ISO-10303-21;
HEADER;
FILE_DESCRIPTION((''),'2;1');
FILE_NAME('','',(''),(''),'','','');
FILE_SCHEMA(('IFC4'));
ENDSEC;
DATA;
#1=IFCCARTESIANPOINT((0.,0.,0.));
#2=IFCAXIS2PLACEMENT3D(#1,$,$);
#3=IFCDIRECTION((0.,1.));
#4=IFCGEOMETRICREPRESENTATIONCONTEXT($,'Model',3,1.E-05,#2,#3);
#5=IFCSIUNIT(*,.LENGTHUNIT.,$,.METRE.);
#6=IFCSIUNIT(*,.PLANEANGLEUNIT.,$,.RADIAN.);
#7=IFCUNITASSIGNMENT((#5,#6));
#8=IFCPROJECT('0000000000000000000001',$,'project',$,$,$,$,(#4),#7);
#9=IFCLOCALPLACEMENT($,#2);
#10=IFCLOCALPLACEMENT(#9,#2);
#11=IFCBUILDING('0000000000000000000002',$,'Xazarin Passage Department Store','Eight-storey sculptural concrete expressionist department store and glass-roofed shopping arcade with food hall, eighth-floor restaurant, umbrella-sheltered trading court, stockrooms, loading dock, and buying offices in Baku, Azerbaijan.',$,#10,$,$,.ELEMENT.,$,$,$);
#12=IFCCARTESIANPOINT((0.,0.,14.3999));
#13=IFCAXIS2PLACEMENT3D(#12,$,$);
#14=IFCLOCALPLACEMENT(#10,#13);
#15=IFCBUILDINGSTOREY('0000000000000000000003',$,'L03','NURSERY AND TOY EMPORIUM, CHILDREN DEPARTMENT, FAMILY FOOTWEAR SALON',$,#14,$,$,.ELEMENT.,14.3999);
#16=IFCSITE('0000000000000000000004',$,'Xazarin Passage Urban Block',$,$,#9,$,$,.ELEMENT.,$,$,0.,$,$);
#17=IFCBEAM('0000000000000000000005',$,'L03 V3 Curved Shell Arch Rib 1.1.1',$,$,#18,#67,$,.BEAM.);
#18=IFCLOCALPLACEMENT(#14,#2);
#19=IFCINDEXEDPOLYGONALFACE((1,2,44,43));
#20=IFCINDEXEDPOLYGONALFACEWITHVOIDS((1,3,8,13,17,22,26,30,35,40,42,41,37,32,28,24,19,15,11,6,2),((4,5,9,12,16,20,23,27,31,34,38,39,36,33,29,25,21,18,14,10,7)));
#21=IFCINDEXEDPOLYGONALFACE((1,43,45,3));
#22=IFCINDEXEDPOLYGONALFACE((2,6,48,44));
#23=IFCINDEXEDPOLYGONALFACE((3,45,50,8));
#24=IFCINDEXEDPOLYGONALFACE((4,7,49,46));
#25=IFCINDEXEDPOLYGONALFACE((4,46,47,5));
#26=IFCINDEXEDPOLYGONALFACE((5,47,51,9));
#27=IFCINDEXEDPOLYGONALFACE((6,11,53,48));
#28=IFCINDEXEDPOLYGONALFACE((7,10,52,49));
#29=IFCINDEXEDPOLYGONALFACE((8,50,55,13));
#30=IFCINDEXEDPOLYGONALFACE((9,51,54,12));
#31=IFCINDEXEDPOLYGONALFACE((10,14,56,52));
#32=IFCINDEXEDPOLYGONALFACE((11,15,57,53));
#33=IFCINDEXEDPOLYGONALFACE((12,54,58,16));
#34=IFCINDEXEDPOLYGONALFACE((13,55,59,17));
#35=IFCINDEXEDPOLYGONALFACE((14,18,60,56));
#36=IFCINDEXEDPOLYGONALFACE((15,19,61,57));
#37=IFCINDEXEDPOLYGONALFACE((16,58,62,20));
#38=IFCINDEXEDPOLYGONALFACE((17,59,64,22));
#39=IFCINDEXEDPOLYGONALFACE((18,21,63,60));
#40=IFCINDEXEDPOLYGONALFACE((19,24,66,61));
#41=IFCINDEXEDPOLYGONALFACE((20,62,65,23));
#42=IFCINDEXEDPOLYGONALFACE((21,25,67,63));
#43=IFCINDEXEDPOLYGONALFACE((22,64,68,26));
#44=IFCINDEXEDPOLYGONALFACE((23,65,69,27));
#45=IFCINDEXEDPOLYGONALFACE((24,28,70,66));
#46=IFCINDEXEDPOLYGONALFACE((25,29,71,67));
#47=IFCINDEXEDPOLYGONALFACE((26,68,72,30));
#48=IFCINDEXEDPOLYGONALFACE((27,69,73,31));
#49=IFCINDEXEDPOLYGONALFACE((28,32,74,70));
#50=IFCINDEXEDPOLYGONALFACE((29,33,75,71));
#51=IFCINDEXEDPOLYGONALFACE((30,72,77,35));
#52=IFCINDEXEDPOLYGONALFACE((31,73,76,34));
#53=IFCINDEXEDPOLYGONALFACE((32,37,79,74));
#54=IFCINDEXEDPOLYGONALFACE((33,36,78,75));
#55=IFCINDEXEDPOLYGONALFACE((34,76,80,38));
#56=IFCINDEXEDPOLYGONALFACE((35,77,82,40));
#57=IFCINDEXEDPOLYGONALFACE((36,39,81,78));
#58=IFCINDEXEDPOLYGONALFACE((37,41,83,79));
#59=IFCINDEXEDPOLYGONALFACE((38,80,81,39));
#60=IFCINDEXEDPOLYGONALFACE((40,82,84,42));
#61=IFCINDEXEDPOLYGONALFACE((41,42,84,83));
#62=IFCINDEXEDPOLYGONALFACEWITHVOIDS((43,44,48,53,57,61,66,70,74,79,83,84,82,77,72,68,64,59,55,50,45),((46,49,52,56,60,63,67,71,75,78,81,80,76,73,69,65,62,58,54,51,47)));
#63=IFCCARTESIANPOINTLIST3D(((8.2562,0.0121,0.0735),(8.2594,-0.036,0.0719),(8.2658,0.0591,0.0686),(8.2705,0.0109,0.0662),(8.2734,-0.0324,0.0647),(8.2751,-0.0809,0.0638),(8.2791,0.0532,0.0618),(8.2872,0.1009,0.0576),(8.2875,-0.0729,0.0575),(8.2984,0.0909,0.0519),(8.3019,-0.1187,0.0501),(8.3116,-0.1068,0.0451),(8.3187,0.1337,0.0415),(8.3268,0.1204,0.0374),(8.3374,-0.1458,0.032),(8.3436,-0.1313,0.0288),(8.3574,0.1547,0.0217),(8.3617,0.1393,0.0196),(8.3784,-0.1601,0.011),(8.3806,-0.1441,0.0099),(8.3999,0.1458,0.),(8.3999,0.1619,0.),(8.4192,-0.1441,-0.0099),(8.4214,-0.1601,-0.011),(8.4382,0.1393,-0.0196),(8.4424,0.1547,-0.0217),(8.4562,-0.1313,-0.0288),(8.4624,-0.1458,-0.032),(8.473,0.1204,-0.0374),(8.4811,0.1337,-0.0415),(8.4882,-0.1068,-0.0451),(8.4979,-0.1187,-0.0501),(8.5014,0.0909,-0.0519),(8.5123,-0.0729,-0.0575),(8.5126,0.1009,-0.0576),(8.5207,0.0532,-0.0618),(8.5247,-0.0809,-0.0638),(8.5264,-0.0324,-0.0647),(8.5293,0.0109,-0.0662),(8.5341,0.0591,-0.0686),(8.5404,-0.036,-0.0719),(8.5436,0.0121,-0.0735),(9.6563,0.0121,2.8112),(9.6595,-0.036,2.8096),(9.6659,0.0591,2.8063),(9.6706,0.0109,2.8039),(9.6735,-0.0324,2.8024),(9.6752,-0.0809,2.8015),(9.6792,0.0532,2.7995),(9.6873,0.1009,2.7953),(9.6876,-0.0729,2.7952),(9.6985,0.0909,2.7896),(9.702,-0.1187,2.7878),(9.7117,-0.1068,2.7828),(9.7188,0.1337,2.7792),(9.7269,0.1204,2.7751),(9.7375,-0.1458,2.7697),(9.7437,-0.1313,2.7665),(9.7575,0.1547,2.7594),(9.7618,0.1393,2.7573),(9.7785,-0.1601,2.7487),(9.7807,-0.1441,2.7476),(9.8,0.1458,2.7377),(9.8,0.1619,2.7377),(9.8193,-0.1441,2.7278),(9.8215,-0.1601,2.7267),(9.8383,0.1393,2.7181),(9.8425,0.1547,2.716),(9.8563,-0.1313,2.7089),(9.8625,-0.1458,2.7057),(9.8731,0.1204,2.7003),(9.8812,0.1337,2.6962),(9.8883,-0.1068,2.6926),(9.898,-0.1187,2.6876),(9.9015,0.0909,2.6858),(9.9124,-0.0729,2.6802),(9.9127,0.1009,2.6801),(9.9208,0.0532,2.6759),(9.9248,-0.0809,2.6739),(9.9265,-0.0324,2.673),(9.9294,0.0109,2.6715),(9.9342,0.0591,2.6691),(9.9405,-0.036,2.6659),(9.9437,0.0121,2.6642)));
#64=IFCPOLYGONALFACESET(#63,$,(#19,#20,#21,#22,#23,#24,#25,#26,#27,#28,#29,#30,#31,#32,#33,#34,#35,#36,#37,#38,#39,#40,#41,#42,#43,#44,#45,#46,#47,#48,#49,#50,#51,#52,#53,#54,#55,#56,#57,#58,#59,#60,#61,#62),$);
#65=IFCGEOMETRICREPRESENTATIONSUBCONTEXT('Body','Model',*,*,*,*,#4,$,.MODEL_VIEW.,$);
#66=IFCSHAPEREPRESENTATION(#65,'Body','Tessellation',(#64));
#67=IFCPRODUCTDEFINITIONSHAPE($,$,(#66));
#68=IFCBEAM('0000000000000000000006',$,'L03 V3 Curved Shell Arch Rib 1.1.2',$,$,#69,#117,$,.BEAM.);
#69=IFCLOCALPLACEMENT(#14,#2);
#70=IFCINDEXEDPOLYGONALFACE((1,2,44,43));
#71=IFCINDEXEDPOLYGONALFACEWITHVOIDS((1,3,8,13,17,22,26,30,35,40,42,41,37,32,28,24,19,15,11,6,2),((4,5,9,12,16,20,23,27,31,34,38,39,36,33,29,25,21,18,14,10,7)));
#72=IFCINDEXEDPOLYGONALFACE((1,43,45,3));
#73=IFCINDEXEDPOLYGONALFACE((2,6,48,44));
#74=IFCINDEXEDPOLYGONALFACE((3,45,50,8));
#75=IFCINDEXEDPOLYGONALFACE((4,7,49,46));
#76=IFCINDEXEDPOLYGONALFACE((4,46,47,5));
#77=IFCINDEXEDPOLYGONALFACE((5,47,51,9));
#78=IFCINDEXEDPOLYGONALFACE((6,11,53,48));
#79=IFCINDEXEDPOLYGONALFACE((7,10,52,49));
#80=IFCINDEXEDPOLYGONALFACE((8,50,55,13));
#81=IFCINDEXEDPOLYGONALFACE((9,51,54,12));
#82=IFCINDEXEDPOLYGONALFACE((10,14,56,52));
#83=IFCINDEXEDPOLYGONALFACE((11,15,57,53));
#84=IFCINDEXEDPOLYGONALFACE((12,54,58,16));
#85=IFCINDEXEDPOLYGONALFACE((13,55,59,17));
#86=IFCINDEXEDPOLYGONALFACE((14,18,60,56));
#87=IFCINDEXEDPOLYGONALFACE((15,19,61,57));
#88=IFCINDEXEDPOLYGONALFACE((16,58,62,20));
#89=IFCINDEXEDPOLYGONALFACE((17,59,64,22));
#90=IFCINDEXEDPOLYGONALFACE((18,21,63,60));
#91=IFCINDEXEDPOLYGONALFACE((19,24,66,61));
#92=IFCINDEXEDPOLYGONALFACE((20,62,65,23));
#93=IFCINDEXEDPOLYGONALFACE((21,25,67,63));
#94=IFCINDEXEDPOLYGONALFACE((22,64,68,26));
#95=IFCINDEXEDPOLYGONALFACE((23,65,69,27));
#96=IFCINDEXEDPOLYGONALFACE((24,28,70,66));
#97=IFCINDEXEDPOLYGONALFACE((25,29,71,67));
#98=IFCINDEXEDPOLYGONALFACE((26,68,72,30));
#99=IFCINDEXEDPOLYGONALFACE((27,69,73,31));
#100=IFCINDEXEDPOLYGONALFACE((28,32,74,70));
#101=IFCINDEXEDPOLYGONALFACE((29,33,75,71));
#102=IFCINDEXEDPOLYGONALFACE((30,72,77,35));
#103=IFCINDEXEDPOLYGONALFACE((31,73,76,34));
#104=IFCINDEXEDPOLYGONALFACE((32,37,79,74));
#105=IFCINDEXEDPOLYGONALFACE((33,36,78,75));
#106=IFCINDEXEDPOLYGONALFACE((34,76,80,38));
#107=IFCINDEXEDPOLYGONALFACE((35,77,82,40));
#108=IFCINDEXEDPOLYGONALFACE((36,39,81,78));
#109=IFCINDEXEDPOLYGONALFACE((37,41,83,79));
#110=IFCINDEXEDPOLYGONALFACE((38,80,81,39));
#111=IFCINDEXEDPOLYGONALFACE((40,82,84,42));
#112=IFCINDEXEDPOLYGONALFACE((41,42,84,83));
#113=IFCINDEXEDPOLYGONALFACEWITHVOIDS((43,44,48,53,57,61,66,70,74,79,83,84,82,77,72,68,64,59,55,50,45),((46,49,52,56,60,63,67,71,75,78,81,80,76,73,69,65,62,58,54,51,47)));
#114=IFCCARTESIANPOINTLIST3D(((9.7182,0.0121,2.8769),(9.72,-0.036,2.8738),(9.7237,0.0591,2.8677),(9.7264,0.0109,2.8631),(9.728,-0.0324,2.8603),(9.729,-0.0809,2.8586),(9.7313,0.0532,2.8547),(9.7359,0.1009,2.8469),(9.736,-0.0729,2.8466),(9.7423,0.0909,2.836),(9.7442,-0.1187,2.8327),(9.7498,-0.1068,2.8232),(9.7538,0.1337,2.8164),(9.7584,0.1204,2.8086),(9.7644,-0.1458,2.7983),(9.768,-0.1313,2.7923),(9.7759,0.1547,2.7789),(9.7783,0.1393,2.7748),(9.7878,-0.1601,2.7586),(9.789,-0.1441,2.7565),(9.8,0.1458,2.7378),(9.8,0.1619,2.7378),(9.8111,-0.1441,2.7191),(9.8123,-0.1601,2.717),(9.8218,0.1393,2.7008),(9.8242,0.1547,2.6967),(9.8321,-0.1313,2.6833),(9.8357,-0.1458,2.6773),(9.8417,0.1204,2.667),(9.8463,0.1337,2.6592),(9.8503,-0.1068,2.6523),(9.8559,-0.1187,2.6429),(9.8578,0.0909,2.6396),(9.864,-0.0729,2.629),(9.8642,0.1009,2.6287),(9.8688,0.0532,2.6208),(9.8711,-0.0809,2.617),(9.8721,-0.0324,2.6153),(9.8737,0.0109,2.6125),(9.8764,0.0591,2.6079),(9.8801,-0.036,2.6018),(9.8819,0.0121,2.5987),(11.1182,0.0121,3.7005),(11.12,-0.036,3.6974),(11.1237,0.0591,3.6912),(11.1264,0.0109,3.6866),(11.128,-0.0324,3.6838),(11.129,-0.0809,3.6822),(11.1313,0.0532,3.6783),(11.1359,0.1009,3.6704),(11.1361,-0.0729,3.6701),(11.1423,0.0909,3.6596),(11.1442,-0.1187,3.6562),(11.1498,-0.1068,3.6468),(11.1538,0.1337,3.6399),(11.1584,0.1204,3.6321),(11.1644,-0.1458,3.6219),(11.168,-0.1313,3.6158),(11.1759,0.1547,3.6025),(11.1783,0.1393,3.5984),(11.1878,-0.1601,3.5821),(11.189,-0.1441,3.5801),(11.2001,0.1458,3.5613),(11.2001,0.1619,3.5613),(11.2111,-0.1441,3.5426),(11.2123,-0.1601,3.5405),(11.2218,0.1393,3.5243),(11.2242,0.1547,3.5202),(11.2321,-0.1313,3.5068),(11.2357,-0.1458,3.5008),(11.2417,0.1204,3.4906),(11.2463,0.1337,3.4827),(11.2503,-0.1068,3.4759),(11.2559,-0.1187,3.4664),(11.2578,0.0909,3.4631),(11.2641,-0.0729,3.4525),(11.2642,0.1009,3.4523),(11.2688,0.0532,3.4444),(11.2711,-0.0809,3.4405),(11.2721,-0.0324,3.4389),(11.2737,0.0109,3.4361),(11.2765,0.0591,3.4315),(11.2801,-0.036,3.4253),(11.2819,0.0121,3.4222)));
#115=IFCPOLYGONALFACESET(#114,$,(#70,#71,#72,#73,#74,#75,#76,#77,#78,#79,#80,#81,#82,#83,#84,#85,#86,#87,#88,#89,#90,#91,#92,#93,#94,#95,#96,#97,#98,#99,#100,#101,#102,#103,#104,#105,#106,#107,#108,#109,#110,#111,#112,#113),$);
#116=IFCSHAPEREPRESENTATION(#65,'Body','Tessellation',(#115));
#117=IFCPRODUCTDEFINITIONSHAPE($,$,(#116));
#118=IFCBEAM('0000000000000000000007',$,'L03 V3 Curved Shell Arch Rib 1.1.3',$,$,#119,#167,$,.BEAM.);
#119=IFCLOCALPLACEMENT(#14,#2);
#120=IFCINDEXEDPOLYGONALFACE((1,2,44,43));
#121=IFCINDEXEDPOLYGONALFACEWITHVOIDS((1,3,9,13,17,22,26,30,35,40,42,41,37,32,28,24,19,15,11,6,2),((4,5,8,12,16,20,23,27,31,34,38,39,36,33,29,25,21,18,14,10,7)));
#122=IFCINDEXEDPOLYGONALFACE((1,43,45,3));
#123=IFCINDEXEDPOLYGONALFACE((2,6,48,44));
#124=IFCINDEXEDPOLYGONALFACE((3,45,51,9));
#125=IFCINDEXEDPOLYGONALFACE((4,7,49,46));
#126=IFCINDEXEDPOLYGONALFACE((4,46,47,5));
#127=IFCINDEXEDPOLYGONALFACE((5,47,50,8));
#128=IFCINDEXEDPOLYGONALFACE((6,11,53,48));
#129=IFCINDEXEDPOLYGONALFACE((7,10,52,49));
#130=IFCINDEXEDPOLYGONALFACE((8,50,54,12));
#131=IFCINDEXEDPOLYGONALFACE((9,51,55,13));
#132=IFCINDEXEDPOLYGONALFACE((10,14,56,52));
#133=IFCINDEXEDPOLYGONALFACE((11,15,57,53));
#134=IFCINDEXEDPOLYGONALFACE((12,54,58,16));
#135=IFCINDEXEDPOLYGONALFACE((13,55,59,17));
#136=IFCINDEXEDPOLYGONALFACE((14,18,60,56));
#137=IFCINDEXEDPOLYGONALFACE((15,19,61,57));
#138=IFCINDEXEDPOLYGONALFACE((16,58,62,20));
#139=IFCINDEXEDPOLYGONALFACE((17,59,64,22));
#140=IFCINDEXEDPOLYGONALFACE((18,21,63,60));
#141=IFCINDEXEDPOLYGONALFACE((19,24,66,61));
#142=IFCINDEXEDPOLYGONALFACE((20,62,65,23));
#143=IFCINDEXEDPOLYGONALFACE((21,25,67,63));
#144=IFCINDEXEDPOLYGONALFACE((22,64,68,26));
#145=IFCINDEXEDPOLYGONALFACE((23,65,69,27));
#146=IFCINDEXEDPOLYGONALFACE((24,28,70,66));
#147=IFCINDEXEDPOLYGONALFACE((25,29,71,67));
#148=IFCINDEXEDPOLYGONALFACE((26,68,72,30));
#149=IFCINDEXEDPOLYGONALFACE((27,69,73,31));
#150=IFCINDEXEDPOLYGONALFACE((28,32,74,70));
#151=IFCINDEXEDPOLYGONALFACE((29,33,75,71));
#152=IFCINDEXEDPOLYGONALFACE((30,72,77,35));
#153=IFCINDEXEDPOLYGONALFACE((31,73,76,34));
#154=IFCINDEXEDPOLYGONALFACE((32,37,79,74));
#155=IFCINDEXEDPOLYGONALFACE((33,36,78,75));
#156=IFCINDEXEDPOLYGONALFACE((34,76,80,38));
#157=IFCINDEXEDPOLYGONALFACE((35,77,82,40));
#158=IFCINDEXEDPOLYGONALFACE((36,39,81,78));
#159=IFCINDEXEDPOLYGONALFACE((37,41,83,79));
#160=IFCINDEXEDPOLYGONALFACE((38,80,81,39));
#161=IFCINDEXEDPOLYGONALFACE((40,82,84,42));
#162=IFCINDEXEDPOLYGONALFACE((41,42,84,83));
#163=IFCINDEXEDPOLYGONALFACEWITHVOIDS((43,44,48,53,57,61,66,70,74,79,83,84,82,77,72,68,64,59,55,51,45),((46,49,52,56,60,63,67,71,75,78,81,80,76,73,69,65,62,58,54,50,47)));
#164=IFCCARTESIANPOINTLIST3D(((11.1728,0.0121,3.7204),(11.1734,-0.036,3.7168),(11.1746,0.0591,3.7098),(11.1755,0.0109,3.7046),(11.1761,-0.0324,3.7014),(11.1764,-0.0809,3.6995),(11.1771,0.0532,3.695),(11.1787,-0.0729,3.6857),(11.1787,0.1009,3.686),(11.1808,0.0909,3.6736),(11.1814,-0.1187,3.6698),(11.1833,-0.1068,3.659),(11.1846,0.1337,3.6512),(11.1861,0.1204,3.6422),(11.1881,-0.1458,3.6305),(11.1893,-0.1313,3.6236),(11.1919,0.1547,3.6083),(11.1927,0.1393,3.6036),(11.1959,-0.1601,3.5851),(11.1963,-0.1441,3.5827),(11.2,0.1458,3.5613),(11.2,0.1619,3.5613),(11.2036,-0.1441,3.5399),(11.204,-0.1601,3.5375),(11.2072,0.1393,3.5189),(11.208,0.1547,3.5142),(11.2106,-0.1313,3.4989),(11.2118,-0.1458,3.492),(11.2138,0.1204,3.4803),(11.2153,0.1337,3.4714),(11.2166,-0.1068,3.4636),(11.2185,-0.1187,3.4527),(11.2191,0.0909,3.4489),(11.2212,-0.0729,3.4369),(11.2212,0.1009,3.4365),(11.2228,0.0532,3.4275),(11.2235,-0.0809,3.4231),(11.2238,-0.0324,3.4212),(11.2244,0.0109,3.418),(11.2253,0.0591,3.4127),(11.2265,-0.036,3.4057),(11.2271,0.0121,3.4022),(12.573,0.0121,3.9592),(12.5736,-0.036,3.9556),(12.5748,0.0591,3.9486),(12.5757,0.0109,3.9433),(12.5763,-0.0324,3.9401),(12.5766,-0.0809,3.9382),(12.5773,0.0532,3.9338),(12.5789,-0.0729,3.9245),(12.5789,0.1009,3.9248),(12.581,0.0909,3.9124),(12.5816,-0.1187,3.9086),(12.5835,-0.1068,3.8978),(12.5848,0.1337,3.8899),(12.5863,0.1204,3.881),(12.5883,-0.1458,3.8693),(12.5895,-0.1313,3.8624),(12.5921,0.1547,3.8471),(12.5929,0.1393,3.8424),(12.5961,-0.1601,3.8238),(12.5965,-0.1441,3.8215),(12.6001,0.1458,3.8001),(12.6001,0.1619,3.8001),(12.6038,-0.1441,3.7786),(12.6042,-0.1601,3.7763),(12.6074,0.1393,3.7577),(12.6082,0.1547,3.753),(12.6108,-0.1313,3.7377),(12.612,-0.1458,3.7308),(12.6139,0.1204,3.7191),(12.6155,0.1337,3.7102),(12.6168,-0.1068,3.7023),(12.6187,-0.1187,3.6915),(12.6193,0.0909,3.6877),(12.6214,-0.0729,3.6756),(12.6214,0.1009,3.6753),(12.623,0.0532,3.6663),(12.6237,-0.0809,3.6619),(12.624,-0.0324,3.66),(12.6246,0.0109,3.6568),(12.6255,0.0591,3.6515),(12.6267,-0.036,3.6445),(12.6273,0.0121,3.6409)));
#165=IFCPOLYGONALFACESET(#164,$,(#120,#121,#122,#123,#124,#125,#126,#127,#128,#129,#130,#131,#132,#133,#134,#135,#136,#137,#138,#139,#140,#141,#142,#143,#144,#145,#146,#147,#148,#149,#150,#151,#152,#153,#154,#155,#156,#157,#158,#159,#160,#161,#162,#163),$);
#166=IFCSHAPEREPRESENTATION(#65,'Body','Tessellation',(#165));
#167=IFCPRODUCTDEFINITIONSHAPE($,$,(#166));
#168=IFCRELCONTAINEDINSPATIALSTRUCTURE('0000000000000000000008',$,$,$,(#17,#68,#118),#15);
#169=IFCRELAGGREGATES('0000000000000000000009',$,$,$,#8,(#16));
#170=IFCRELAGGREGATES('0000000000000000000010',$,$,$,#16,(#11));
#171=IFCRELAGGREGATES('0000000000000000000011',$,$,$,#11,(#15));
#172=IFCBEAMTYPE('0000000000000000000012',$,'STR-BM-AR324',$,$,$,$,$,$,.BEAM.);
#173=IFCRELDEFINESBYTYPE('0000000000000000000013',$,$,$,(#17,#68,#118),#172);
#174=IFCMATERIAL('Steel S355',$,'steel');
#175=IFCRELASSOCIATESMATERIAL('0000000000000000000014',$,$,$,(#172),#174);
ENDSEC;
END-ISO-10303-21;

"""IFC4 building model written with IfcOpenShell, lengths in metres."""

from ifc_helpers import new_model, si_unit, direction, frame, origin, origin_2d, place, context, subcontext, project, spatial, hollow_circle, extrude, material, material_profile, profile_set, type_object, element, save


model = new_model("IFC4")

# Units and contexts
model_context = context("Model", 3, precision=1e-05, world=origin(), true_north=direction((0.0, 1.0)))
body_context = subcontext(model_context, "Body", "Model", "MODEL_VIEW")
ifc_project = project(units=[si_unit("LENGTHUNIT", "METRE"), si_unit("PLANEANGLEUNIT", "RADIAN")], contexts=[model_context])

# Site, building, storey
site_placement = place(None, origin())
site = spatial("IfcSite", under=ifc_project, at=site_placement, Name="Xazarin Passage Urban Block", CompositionType="ELEMENT", RefElevation=0.0)
building_placement = place(site_placement, origin())
building = spatial("IfcBuilding", under=site, at=building_placement, Name="Xazarin Passage Department Store", Description="Eight-storey sculptural concrete expressionist department store and glass-roofed shopping arcade with food hall, eighth-floor restaurant, umbrella-sheltered trading court, stockrooms, loading dock, and buying offices in Baku, Azerbaijan.", CompositionType="ELEMENT")
storey_placement = place(building_placement, frame((0.0, 0.0, 14.3999)))
storey = spatial("IfcBuildingStorey", under=building, at=storey_placement, Name="L03", Description="NURSERY AND TOY EMPORIUM, CHILDREN DEPARTMENT, FAMILY FOOTWEAR SALON", CompositionType="ELEMENT", Elevation=14.3999)

# Beams
ifc_material_1 = material(Name="Steel S355", Category="steel")
ifc_material_profile_1 = material_profile(ifc_material_1, hollow_circle(Radius=0.1619, WallThickness=0.0161, at=origin_2d()), Name="CHS 323.9x16")
ifc_profile_set_1 = profile_set([ifc_material_profile_1], Name="Steel S355")
beam_type_1 = type_object("IfcBeamType", Name="STR-BM-AR324", PredefinedType="BEAM", material=ifc_profile_set_1)
beam_1_placement = place(storey_placement, frame((8.3999, 0.0, 0.0), z_axis=(0.455325, 0.0, 0.890325), x_axis=(0.0, 1.0, 0.0)))
element("IfcBeam", 1, at=beam_1_placement, inside=storey, type_object=beam_type_1, Name="L03 V3 Curved Shell Arch Rib 1.1.1", PredefinedType="BEAM", context=body_context, shape_type="SweptSolid", body=[
    extrude(hollow_circle(Radius=0.1619, WallThickness=0.0161, at=origin_2d()), origin(), (0.0, 0.0, 1.0), 3.075),
])
beam_2_placement = place(storey_placement, frame((9.8, 0.0, 2.7378), z_axis=(0.86193, 0.0, 0.507027), x_axis=(0.0, 1.0, 0.0)))
element("IfcBeam", 2, at=beam_2_placement, inside=storey, type_object=beam_type_1, Name="L03 V3 Curved Shell Arch Rib 1.1.2", PredefinedType="BEAM", context=body_context, shape_type="SweptSolid", body=[
    extrude(hollow_circle(Radius=0.1619, WallThickness=0.0161, at=origin_2d()), origin(), (0.0, 0.0, 1.0), 1.6243),
])
beam_3_placement = place(storey_placement, frame((11.2, 0.0, 3.5613), z_axis=(0.985769, 0.0, 0.168105), x_axis=(0.0, 1.0, 0.0)))
element("IfcBeam", 3, at=beam_3_placement, inside=storey, type_object=beam_type_1, Name="L03 V3 Curved Shell Arch Rib 1.1.3", PredefinedType="BEAM", context=body_context, shape_type="SweptSolid", body=[
    extrude(hollow_circle(Radius=0.1619, WallThickness=0.0161, at=origin_2d()), origin(), (0.0, 0.0, 1.0), 1.4204),
])

save(model, "model.ifc")
